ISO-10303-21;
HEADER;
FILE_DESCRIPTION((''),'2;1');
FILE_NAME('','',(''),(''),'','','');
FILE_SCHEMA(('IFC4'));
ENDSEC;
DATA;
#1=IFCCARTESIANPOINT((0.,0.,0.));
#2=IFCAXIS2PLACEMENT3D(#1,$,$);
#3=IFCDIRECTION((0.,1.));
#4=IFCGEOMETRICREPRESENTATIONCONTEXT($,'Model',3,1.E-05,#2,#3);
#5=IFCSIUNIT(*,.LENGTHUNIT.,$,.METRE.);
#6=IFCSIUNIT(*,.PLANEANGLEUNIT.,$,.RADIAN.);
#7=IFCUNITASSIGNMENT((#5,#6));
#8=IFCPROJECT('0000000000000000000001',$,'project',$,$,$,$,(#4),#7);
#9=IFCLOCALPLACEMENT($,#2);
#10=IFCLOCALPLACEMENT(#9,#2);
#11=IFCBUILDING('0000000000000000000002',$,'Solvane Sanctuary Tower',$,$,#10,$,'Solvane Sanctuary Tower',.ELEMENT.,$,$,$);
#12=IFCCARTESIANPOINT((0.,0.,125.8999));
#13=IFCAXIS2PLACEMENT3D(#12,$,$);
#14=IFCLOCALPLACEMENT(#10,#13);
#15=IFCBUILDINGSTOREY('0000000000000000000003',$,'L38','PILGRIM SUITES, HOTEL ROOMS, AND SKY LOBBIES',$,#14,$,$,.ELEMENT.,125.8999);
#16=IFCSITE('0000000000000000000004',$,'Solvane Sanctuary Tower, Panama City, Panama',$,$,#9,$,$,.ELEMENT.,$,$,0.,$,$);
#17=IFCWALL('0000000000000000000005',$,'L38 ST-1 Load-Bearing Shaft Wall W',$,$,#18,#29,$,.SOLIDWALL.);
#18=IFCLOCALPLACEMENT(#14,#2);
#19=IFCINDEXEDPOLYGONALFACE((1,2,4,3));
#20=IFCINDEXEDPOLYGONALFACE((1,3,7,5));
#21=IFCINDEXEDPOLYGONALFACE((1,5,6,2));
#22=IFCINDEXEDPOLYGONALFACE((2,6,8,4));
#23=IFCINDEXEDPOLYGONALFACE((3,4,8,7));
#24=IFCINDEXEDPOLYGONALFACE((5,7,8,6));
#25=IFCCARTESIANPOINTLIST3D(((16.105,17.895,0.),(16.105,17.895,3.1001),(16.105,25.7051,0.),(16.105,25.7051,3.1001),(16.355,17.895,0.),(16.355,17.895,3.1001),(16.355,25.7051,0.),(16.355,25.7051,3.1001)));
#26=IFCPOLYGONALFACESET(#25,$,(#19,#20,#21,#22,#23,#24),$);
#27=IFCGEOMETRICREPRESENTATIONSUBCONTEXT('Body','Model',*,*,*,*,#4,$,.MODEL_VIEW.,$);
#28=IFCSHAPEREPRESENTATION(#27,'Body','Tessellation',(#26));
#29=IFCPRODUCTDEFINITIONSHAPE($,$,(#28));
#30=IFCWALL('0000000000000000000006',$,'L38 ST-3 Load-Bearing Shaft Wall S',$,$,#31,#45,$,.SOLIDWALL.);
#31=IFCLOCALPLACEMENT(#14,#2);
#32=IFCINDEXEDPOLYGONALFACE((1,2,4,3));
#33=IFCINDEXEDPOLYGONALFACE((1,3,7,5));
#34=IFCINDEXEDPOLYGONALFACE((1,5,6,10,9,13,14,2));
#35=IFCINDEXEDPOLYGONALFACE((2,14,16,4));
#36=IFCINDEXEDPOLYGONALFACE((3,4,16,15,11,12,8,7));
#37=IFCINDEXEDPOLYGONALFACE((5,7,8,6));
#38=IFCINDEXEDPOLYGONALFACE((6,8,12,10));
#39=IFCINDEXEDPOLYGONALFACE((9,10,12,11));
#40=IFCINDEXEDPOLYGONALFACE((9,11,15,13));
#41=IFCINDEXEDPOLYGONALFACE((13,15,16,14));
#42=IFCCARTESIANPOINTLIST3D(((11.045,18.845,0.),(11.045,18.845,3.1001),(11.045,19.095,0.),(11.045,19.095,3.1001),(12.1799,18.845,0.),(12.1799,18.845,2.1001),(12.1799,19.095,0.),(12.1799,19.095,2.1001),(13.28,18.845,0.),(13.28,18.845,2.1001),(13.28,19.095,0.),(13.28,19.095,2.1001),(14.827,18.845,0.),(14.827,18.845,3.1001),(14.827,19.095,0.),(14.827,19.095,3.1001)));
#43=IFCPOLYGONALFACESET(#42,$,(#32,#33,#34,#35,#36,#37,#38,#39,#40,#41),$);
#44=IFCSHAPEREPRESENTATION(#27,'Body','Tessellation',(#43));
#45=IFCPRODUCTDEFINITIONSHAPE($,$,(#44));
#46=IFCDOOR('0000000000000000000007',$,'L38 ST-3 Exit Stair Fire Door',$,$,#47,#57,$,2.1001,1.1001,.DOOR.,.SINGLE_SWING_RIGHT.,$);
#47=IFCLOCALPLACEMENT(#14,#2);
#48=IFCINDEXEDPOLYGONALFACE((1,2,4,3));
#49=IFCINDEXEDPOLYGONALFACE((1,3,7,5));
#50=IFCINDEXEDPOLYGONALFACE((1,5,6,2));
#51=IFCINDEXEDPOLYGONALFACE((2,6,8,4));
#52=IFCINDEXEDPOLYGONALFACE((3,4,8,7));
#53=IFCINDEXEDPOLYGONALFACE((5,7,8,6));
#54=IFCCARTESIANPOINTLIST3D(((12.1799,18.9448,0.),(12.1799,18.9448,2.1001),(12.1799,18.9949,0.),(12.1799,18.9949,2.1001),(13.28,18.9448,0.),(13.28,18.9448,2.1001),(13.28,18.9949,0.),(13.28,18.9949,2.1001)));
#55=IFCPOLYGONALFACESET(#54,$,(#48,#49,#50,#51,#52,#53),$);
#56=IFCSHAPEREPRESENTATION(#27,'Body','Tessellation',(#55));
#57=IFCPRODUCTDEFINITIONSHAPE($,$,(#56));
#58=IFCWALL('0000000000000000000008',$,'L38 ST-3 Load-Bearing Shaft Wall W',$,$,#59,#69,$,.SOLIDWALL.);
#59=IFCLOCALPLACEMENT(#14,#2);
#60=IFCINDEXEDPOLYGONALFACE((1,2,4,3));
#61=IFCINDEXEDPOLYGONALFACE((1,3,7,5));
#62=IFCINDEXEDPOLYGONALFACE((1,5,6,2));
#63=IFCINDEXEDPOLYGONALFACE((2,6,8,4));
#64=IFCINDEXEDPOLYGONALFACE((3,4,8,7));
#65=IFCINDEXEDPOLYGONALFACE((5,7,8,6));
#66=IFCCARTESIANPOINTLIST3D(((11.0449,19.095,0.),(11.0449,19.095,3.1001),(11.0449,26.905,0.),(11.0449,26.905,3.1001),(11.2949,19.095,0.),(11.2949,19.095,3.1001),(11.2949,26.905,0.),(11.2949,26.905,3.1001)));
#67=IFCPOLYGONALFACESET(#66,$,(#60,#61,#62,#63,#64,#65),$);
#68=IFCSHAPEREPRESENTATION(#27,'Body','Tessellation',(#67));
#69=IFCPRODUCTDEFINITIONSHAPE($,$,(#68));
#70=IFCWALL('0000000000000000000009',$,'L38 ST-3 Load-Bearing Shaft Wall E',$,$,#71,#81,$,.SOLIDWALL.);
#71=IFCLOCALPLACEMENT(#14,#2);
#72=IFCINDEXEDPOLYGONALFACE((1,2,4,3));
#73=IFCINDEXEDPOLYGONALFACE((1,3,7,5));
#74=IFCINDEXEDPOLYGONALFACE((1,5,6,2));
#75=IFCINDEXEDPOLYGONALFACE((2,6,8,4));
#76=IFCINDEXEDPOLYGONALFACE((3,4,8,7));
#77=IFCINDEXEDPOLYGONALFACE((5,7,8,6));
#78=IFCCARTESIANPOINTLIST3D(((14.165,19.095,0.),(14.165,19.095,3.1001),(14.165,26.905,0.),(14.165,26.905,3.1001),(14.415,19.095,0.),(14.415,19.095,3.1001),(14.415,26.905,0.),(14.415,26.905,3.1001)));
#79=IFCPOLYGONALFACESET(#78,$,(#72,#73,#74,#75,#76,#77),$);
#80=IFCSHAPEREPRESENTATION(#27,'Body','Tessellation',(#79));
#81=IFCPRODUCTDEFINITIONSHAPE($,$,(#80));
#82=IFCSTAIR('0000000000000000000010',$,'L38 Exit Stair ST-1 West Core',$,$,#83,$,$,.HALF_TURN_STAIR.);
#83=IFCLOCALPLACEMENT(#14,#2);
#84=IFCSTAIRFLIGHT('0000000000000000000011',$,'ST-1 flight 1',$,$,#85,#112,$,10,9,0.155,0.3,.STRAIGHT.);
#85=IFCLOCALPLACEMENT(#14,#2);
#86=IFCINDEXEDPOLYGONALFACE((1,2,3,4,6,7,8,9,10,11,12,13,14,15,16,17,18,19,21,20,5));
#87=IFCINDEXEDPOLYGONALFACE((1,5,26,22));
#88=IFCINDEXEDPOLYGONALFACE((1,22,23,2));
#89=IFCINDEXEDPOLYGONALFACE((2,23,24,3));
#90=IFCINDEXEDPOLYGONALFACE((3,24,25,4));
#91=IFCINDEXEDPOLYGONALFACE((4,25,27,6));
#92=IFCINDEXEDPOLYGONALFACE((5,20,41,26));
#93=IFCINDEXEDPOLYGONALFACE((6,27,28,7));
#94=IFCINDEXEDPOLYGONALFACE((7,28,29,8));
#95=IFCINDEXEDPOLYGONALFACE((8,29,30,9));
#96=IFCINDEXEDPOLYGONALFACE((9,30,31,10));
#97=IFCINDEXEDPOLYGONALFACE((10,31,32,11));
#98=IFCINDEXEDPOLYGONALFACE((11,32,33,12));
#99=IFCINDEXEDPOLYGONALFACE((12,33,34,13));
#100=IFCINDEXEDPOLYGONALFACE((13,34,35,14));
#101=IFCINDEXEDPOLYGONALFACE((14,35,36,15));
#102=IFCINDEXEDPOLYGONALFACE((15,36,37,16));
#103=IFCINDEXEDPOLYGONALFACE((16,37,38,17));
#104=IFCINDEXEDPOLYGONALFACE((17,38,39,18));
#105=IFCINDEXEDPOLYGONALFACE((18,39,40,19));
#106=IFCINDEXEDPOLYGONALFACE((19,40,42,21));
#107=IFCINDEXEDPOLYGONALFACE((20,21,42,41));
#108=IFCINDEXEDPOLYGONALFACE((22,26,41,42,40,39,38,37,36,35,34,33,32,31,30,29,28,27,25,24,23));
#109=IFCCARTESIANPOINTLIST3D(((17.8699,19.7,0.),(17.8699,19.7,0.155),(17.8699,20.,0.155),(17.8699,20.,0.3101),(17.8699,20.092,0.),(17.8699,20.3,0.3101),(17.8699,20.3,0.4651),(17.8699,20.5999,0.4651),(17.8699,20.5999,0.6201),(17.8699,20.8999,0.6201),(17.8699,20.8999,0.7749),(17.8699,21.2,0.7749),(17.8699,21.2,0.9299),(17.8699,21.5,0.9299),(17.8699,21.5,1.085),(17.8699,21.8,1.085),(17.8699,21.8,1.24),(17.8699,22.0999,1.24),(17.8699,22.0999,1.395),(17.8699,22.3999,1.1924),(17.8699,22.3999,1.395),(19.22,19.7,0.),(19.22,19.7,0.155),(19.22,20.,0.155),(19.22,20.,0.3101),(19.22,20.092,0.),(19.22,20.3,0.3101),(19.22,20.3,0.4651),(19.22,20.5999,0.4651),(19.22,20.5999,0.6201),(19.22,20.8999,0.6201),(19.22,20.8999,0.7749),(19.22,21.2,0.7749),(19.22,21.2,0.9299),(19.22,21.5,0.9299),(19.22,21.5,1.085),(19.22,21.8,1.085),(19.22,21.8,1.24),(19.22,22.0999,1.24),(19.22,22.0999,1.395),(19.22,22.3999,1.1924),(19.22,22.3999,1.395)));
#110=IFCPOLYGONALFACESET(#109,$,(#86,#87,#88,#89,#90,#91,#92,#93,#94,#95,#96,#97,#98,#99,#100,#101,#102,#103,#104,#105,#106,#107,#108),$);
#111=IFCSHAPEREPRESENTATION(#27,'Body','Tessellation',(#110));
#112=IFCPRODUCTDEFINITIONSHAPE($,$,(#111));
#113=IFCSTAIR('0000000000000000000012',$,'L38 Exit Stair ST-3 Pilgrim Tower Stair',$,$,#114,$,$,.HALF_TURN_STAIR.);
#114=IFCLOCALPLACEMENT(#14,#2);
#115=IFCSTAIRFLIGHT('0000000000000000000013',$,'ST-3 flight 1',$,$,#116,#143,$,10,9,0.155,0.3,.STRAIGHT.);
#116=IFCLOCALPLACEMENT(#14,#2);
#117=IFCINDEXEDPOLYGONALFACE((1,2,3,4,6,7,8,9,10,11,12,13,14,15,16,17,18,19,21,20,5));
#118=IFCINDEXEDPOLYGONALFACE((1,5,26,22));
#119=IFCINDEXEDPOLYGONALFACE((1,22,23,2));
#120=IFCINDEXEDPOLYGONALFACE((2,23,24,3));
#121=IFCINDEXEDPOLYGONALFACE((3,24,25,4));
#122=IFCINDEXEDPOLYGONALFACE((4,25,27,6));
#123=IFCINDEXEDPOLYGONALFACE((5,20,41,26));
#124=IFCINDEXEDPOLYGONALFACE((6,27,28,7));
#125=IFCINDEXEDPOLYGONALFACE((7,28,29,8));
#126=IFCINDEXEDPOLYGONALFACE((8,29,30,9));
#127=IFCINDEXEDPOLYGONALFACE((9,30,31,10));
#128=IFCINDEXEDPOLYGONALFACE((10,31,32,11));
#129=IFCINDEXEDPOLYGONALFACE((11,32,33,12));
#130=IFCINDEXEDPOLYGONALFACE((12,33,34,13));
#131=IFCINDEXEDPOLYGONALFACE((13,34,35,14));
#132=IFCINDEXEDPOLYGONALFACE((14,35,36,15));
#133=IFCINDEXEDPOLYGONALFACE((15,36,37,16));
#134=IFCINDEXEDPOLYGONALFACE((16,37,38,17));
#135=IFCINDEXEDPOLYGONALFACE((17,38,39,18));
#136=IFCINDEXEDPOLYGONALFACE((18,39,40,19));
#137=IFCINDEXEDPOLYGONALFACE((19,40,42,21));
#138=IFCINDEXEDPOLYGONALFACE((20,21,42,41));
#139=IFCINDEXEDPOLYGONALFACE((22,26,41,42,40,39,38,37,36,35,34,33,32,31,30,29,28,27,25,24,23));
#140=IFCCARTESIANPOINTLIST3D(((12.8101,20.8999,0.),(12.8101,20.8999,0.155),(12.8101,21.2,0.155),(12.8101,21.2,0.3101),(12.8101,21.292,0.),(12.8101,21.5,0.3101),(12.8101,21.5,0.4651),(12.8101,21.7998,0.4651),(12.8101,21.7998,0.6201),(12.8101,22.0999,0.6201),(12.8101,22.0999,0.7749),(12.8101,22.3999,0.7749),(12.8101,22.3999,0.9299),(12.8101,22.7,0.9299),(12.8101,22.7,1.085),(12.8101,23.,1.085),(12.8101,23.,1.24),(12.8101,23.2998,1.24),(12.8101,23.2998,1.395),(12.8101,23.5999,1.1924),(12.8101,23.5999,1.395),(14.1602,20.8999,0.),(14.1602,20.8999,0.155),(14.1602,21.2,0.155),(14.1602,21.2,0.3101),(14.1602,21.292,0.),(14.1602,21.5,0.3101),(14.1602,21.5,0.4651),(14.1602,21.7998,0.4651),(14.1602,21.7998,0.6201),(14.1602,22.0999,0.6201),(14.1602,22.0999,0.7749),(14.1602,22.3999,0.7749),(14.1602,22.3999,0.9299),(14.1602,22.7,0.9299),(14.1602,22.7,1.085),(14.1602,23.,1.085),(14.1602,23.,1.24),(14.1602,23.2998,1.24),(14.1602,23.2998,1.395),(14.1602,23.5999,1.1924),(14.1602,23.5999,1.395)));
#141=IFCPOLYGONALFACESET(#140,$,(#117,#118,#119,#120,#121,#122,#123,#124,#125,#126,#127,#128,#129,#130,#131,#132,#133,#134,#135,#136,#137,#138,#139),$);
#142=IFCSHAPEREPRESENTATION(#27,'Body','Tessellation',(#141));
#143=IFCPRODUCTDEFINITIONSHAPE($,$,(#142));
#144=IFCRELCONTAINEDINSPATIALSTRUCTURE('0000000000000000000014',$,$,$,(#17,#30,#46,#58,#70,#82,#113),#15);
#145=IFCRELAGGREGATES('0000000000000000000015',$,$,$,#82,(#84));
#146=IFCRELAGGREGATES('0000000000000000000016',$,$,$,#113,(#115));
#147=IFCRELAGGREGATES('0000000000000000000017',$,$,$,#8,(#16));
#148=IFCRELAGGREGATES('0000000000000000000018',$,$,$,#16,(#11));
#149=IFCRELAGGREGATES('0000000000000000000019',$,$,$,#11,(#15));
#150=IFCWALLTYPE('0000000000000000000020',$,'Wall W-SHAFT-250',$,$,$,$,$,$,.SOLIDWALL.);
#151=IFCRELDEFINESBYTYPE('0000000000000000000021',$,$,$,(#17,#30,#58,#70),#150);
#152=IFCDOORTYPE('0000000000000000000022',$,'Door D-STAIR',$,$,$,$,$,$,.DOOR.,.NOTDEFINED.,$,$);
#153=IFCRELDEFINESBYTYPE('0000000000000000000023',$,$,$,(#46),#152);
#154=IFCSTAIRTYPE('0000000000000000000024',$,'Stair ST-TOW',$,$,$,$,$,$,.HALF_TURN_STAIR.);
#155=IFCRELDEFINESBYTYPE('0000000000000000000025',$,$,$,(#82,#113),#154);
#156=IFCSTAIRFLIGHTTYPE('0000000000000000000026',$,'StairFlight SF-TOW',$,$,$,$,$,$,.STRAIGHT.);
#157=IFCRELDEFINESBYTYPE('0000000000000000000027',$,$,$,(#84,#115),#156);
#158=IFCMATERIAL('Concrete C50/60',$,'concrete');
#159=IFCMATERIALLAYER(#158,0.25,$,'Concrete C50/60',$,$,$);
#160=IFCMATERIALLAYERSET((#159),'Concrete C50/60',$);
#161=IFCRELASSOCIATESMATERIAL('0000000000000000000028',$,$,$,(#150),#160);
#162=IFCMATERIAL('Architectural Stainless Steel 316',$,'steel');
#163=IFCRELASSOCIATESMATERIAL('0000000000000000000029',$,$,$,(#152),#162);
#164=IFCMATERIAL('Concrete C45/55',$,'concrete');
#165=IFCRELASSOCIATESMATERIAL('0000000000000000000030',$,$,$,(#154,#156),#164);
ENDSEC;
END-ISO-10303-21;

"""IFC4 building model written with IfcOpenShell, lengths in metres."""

from ifc_helpers import new_model, si_unit, direction, frame, frame_2d, origin, place, context, subcontext, project, spatial, polyline, rectangle, outline, extrude, material, layer, layer_set, type_object, element, fill, aggregate, save


model = new_model("IFC4")

# Units and contexts
model_context = context("Model", 3, precision=1e-05, world=origin(), true_north=direction((0.0, 1.0)))
body_context = subcontext(model_context, "Body", "Model", "MODEL_VIEW")
ifc_project = project(units=[si_unit("LENGTHUNIT", "METRE"), si_unit("PLANEANGLEUNIT", "RADIAN")], contexts=[model_context])

# Site, building, storey
site_placement = place(None, origin())
site = spatial("IfcSite", under=ifc_project, at=site_placement, Name="Solvane Sanctuary Tower, Panama City, Panama", CompositionType="ELEMENT", RefElevation=0.0)
building_placement = place(site_placement, origin())
building = spatial("IfcBuilding", under=site, at=building_placement, Name="Solvane Sanctuary Tower", LongName="Solvane Sanctuary Tower", CompositionType="ELEMENT")
storey_placement = place(building_placement, frame((0.0, 0.0, 125.8999)))
storey = spatial("IfcBuildingStorey", under=building, at=storey_placement, Name="L38", Description="PILGRIM SUITES, HOTEL ROOMS, AND SKY LOBBIES", CompositionType="ELEMENT", Elevation=125.8999)

# Shared definitions
ifc_material_1 = material(Name="Concrete C50/60", Category="concrete")
ifc_layer_1 = layer(ifc_material_1, 0.25, Name="Concrete C50/60")
ifc_layer_set_1 = layer_set([ifc_layer_1], Name="Concrete C50/60")
wall_type_1 = type_object("IfcWallType", Name="Wall W-SHAFT-250", PredefinedType="SOLIDWALL", material=ifc_layer_set_1)
ifc_material_2 = material(Name="Architectural Stainless Steel 316", Category="steel")
door_type_1 = type_object("IfcDoorType", Name="Door D-STAIR", OperationType="NOTDEFINED", PredefinedType="DOOR", material=ifc_material_2)

# Wall
wall_1_placement = place(storey_placement, frame((16.23, 17.895, 0.0), z_axis=(0.0, 0.0, 1.0), x_axis=(0.0, 1.0, 0.0)))
element("IfcWall", 1, at=wall_1_placement, inside=storey, type_object=wall_type_1, Name="L38 ST-1 Load-Bearing Shaft Wall W", PredefinedType="SOLIDWALL", context=body_context, shape_type="SweptSolid", body=[
    extrude(rectangle(XDim=7.8101, YDim=0.25, at=frame_2d((3.905, 0.0))), origin(), (0.0, 0.0, 1.0), 3.1001),
])

# Wall, opening, door
wall_2_placement = place(storey_placement, frame((11.0449, 18.97, 0.0), z_axis=(0.0, 0.0, 1.0), x_axis=(1.0, 0.0, 0.0)))
wall_2 = element("IfcWall", 2, at=wall_2_placement, inside=storey, type_object=wall_type_1, Name="L38 ST-3 Load-Bearing Shaft Wall S", PredefinedType="SOLIDWALL", context=body_context, shape_type="SweptSolid", body=[
    extrude(rectangle(XDim=3.782, YDim=0.25, at=frame_2d((1.8911, 0.0))), origin(), (0.0, 0.0, 1.0), 3.1001),
])
opening_1_placement = place(wall_2_placement, frame((1.135, 0.0, 0.0)))
opening_1 = element("IfcOpeningElement", 3, at=opening_1_placement, cuts=wall_2, PredefinedType="OPENING", context=body_context, shape_type="SweptSolid", body=[
    extrude(rectangle(XDim=1.1001, YDim=2.1001, at=frame_2d((0.55, 1.05))), frame((0.0, 0.135, 0.0), z_axis=(0.0, -1.0, 0.0), x_axis=(1.0, 0.0, 0.0)), (0.0, 0.0, 1.0), 0.27),
])
door_1_placement = place(opening_1_placement, origin())
door_1 = element("IfcDoor", 4, at=door_1_placement, inside=storey, type_object=door_type_1, Name="L38 ST-3 Exit Stair Fire Door", OperationType="SINGLE_SWING_RIGHT", OverallHeight=2.1001, OverallWidth=1.1001, PredefinedType="DOOR", context=body_context, shape_type="SweptSolid", body=[
    extrude(rectangle(XDim=1.1001, YDim=2.1001, at=frame_2d((0.55, 1.05))), frame((0.0, 0.0249, 0.0), z_axis=(0.0, -1.0, 0.0), x_axis=(1.0, 0.0, 0.0)), (0.0, 0.0, 1.0), 0.05),
])
fill(opening_1, door_1)

# Walls
for number, where, z_axis, x_axis, name in (
    (5, (11.1699, 19.095, 0.0), (0.0, 0.0, 1.0), (0.0, 1.0, 0.0), "L38 ST-3 Load-Bearing Shaft Wall W"),
    (6, (14.29, 19.095, 0.0), (0.0, 0.0, 1.0), (0.0, 1.0, 0.0), "L38 ST-3 Load-Bearing Shaft Wall E"),
):
    element("IfcWall", number, at=place(storey_placement, frame(where, z_axis=z_axis, x_axis=x_axis)), inside=storey, type_object=wall_type_1, Name=name, PredefinedType="SOLIDWALL", context=body_context, shape_type="SweptSolid", body=[
        extrude(rectangle(XDim=7.8101, YDim=0.25, at=frame_2d((3.905, 0.0))), origin(), (0.0, 0.0, 1.0), 3.1001),
    ])

# Stairs, stair flights
ifc_material_3 = material(Name="Concrete C45/55", Category="concrete")
stair_type = type_object("IfcStairType", Name="Stair ST-TOW", PredefinedType="HALF_TURN_STAIR", material=ifc_material_3)
stair_1_placement = place(storey_placement, origin())
stair_1 = element("IfcStair", 7, at=stair_1_placement, inside=storey, type_object=stair_type, Name="L38 Exit Stair ST-1 West Core", PredefinedType="HALF_TURN_STAIR")
stair_flight_type = type_object("IfcStairFlightType", Name="StairFlight SF-TOW", PredefinedType="STRAIGHT", material=ifc_material_3)
stair_flight_1_placement = place(storey_placement, frame((18.5449, 19.7, 0.0), z_axis=(0.0, 0.0, 1.0), x_axis=(0.0, 1.0, 0.0)))
stair_flight_1 = element("IfcStairFlight", 8, at=stair_flight_1_placement, type_object=stair_flight_type, Name="ST-1 flight 1", NumberOfRisers=10, NumberOfTreads=9, PredefinedType="STRAIGHT", RiserHeight=0.155, TreadLength=0.3, context=body_context, shape_type="SweptSolid", body=[
    extrude(outline(polyline([(0.0, 0.0), (0.0, 0.155), (0.3, 0.155), (0.3, 0.3101), (0.6001, 0.3101), (0.6001, 0.4651), (0.8999, 0.4651), (0.8999, 0.6201), (1.2, 0.6201), (1.2, 0.7749), (1.5, 0.7749), (1.5, 0.9299), (1.8, 0.9299), (1.8, 1.085), (2.1001, 1.085), (2.1001, 1.24), (2.3999, 1.24), (2.3999, 1.395), (2.7, 1.395), (2.7, 1.55), (2.7, 1.1924), (0.3921, 0.0), (0.0, 0.0)])), frame((0.0, 0.675, 0.0), z_axis=(0.0, -1.0, 0.0), x_axis=(1.0, 0.0, 0.0)), (0.0, 0.0, 1.0), 1.3501),
])
aggregate(stair_1, [stair_flight_1])
stair_2_placement = place(storey_placement, origin())
stair_2 = element("IfcStair", 9, at=stair_2_placement, inside=storey, type_object=stair_type, Name="L38 Exit Stair ST-3 Pilgrim Tower Stair", PredefinedType="HALF_TURN_STAIR")
stair_flight_2_placement = place(storey_placement, frame((13.4851, 20.8999, 0.0), z_axis=(0.0, 0.0, 1.0), x_axis=(0.0, 1.0, 0.0)))
stair_flight_2 = element("IfcStairFlight", 10, at=stair_flight_2_placement, type_object=stair_flight_type, Name="ST-3 flight 1", NumberOfRisers=10, NumberOfTreads=9, PredefinedType="STRAIGHT", RiserHeight=0.155, TreadLength=0.3, context=body_context, shape_type="SweptSolid", body=[
    extrude(outline(polyline([(0.0, 0.0), (0.0, 0.155), (0.3, 0.155), (0.3, 0.3101), (0.6001, 0.3101), (0.6001, 0.4651), (0.8999, 0.4651), (0.8999, 0.6201), (1.2, 0.6201), (1.2, 0.7749), (1.5, 0.7749), (1.5, 0.9299), (1.8, 0.9299), (1.8, 1.085), (2.1001, 1.085), (2.1001, 1.24), (2.3999, 1.24), (2.3999, 1.395), (2.7, 1.395), (2.7, 1.55), (2.7, 1.1924), (0.3921, 0.0), (0.0, 0.0)])), frame((0.0, 0.675, 0.0), z_axis=(0.0, -1.0, 0.0), x_axis=(1.0, 0.0, 0.0)), (0.0, 0.0, 1.0), 1.3501),
])
aggregate(stair_2, [stair_flight_2])

save(model, "model.ifc")
